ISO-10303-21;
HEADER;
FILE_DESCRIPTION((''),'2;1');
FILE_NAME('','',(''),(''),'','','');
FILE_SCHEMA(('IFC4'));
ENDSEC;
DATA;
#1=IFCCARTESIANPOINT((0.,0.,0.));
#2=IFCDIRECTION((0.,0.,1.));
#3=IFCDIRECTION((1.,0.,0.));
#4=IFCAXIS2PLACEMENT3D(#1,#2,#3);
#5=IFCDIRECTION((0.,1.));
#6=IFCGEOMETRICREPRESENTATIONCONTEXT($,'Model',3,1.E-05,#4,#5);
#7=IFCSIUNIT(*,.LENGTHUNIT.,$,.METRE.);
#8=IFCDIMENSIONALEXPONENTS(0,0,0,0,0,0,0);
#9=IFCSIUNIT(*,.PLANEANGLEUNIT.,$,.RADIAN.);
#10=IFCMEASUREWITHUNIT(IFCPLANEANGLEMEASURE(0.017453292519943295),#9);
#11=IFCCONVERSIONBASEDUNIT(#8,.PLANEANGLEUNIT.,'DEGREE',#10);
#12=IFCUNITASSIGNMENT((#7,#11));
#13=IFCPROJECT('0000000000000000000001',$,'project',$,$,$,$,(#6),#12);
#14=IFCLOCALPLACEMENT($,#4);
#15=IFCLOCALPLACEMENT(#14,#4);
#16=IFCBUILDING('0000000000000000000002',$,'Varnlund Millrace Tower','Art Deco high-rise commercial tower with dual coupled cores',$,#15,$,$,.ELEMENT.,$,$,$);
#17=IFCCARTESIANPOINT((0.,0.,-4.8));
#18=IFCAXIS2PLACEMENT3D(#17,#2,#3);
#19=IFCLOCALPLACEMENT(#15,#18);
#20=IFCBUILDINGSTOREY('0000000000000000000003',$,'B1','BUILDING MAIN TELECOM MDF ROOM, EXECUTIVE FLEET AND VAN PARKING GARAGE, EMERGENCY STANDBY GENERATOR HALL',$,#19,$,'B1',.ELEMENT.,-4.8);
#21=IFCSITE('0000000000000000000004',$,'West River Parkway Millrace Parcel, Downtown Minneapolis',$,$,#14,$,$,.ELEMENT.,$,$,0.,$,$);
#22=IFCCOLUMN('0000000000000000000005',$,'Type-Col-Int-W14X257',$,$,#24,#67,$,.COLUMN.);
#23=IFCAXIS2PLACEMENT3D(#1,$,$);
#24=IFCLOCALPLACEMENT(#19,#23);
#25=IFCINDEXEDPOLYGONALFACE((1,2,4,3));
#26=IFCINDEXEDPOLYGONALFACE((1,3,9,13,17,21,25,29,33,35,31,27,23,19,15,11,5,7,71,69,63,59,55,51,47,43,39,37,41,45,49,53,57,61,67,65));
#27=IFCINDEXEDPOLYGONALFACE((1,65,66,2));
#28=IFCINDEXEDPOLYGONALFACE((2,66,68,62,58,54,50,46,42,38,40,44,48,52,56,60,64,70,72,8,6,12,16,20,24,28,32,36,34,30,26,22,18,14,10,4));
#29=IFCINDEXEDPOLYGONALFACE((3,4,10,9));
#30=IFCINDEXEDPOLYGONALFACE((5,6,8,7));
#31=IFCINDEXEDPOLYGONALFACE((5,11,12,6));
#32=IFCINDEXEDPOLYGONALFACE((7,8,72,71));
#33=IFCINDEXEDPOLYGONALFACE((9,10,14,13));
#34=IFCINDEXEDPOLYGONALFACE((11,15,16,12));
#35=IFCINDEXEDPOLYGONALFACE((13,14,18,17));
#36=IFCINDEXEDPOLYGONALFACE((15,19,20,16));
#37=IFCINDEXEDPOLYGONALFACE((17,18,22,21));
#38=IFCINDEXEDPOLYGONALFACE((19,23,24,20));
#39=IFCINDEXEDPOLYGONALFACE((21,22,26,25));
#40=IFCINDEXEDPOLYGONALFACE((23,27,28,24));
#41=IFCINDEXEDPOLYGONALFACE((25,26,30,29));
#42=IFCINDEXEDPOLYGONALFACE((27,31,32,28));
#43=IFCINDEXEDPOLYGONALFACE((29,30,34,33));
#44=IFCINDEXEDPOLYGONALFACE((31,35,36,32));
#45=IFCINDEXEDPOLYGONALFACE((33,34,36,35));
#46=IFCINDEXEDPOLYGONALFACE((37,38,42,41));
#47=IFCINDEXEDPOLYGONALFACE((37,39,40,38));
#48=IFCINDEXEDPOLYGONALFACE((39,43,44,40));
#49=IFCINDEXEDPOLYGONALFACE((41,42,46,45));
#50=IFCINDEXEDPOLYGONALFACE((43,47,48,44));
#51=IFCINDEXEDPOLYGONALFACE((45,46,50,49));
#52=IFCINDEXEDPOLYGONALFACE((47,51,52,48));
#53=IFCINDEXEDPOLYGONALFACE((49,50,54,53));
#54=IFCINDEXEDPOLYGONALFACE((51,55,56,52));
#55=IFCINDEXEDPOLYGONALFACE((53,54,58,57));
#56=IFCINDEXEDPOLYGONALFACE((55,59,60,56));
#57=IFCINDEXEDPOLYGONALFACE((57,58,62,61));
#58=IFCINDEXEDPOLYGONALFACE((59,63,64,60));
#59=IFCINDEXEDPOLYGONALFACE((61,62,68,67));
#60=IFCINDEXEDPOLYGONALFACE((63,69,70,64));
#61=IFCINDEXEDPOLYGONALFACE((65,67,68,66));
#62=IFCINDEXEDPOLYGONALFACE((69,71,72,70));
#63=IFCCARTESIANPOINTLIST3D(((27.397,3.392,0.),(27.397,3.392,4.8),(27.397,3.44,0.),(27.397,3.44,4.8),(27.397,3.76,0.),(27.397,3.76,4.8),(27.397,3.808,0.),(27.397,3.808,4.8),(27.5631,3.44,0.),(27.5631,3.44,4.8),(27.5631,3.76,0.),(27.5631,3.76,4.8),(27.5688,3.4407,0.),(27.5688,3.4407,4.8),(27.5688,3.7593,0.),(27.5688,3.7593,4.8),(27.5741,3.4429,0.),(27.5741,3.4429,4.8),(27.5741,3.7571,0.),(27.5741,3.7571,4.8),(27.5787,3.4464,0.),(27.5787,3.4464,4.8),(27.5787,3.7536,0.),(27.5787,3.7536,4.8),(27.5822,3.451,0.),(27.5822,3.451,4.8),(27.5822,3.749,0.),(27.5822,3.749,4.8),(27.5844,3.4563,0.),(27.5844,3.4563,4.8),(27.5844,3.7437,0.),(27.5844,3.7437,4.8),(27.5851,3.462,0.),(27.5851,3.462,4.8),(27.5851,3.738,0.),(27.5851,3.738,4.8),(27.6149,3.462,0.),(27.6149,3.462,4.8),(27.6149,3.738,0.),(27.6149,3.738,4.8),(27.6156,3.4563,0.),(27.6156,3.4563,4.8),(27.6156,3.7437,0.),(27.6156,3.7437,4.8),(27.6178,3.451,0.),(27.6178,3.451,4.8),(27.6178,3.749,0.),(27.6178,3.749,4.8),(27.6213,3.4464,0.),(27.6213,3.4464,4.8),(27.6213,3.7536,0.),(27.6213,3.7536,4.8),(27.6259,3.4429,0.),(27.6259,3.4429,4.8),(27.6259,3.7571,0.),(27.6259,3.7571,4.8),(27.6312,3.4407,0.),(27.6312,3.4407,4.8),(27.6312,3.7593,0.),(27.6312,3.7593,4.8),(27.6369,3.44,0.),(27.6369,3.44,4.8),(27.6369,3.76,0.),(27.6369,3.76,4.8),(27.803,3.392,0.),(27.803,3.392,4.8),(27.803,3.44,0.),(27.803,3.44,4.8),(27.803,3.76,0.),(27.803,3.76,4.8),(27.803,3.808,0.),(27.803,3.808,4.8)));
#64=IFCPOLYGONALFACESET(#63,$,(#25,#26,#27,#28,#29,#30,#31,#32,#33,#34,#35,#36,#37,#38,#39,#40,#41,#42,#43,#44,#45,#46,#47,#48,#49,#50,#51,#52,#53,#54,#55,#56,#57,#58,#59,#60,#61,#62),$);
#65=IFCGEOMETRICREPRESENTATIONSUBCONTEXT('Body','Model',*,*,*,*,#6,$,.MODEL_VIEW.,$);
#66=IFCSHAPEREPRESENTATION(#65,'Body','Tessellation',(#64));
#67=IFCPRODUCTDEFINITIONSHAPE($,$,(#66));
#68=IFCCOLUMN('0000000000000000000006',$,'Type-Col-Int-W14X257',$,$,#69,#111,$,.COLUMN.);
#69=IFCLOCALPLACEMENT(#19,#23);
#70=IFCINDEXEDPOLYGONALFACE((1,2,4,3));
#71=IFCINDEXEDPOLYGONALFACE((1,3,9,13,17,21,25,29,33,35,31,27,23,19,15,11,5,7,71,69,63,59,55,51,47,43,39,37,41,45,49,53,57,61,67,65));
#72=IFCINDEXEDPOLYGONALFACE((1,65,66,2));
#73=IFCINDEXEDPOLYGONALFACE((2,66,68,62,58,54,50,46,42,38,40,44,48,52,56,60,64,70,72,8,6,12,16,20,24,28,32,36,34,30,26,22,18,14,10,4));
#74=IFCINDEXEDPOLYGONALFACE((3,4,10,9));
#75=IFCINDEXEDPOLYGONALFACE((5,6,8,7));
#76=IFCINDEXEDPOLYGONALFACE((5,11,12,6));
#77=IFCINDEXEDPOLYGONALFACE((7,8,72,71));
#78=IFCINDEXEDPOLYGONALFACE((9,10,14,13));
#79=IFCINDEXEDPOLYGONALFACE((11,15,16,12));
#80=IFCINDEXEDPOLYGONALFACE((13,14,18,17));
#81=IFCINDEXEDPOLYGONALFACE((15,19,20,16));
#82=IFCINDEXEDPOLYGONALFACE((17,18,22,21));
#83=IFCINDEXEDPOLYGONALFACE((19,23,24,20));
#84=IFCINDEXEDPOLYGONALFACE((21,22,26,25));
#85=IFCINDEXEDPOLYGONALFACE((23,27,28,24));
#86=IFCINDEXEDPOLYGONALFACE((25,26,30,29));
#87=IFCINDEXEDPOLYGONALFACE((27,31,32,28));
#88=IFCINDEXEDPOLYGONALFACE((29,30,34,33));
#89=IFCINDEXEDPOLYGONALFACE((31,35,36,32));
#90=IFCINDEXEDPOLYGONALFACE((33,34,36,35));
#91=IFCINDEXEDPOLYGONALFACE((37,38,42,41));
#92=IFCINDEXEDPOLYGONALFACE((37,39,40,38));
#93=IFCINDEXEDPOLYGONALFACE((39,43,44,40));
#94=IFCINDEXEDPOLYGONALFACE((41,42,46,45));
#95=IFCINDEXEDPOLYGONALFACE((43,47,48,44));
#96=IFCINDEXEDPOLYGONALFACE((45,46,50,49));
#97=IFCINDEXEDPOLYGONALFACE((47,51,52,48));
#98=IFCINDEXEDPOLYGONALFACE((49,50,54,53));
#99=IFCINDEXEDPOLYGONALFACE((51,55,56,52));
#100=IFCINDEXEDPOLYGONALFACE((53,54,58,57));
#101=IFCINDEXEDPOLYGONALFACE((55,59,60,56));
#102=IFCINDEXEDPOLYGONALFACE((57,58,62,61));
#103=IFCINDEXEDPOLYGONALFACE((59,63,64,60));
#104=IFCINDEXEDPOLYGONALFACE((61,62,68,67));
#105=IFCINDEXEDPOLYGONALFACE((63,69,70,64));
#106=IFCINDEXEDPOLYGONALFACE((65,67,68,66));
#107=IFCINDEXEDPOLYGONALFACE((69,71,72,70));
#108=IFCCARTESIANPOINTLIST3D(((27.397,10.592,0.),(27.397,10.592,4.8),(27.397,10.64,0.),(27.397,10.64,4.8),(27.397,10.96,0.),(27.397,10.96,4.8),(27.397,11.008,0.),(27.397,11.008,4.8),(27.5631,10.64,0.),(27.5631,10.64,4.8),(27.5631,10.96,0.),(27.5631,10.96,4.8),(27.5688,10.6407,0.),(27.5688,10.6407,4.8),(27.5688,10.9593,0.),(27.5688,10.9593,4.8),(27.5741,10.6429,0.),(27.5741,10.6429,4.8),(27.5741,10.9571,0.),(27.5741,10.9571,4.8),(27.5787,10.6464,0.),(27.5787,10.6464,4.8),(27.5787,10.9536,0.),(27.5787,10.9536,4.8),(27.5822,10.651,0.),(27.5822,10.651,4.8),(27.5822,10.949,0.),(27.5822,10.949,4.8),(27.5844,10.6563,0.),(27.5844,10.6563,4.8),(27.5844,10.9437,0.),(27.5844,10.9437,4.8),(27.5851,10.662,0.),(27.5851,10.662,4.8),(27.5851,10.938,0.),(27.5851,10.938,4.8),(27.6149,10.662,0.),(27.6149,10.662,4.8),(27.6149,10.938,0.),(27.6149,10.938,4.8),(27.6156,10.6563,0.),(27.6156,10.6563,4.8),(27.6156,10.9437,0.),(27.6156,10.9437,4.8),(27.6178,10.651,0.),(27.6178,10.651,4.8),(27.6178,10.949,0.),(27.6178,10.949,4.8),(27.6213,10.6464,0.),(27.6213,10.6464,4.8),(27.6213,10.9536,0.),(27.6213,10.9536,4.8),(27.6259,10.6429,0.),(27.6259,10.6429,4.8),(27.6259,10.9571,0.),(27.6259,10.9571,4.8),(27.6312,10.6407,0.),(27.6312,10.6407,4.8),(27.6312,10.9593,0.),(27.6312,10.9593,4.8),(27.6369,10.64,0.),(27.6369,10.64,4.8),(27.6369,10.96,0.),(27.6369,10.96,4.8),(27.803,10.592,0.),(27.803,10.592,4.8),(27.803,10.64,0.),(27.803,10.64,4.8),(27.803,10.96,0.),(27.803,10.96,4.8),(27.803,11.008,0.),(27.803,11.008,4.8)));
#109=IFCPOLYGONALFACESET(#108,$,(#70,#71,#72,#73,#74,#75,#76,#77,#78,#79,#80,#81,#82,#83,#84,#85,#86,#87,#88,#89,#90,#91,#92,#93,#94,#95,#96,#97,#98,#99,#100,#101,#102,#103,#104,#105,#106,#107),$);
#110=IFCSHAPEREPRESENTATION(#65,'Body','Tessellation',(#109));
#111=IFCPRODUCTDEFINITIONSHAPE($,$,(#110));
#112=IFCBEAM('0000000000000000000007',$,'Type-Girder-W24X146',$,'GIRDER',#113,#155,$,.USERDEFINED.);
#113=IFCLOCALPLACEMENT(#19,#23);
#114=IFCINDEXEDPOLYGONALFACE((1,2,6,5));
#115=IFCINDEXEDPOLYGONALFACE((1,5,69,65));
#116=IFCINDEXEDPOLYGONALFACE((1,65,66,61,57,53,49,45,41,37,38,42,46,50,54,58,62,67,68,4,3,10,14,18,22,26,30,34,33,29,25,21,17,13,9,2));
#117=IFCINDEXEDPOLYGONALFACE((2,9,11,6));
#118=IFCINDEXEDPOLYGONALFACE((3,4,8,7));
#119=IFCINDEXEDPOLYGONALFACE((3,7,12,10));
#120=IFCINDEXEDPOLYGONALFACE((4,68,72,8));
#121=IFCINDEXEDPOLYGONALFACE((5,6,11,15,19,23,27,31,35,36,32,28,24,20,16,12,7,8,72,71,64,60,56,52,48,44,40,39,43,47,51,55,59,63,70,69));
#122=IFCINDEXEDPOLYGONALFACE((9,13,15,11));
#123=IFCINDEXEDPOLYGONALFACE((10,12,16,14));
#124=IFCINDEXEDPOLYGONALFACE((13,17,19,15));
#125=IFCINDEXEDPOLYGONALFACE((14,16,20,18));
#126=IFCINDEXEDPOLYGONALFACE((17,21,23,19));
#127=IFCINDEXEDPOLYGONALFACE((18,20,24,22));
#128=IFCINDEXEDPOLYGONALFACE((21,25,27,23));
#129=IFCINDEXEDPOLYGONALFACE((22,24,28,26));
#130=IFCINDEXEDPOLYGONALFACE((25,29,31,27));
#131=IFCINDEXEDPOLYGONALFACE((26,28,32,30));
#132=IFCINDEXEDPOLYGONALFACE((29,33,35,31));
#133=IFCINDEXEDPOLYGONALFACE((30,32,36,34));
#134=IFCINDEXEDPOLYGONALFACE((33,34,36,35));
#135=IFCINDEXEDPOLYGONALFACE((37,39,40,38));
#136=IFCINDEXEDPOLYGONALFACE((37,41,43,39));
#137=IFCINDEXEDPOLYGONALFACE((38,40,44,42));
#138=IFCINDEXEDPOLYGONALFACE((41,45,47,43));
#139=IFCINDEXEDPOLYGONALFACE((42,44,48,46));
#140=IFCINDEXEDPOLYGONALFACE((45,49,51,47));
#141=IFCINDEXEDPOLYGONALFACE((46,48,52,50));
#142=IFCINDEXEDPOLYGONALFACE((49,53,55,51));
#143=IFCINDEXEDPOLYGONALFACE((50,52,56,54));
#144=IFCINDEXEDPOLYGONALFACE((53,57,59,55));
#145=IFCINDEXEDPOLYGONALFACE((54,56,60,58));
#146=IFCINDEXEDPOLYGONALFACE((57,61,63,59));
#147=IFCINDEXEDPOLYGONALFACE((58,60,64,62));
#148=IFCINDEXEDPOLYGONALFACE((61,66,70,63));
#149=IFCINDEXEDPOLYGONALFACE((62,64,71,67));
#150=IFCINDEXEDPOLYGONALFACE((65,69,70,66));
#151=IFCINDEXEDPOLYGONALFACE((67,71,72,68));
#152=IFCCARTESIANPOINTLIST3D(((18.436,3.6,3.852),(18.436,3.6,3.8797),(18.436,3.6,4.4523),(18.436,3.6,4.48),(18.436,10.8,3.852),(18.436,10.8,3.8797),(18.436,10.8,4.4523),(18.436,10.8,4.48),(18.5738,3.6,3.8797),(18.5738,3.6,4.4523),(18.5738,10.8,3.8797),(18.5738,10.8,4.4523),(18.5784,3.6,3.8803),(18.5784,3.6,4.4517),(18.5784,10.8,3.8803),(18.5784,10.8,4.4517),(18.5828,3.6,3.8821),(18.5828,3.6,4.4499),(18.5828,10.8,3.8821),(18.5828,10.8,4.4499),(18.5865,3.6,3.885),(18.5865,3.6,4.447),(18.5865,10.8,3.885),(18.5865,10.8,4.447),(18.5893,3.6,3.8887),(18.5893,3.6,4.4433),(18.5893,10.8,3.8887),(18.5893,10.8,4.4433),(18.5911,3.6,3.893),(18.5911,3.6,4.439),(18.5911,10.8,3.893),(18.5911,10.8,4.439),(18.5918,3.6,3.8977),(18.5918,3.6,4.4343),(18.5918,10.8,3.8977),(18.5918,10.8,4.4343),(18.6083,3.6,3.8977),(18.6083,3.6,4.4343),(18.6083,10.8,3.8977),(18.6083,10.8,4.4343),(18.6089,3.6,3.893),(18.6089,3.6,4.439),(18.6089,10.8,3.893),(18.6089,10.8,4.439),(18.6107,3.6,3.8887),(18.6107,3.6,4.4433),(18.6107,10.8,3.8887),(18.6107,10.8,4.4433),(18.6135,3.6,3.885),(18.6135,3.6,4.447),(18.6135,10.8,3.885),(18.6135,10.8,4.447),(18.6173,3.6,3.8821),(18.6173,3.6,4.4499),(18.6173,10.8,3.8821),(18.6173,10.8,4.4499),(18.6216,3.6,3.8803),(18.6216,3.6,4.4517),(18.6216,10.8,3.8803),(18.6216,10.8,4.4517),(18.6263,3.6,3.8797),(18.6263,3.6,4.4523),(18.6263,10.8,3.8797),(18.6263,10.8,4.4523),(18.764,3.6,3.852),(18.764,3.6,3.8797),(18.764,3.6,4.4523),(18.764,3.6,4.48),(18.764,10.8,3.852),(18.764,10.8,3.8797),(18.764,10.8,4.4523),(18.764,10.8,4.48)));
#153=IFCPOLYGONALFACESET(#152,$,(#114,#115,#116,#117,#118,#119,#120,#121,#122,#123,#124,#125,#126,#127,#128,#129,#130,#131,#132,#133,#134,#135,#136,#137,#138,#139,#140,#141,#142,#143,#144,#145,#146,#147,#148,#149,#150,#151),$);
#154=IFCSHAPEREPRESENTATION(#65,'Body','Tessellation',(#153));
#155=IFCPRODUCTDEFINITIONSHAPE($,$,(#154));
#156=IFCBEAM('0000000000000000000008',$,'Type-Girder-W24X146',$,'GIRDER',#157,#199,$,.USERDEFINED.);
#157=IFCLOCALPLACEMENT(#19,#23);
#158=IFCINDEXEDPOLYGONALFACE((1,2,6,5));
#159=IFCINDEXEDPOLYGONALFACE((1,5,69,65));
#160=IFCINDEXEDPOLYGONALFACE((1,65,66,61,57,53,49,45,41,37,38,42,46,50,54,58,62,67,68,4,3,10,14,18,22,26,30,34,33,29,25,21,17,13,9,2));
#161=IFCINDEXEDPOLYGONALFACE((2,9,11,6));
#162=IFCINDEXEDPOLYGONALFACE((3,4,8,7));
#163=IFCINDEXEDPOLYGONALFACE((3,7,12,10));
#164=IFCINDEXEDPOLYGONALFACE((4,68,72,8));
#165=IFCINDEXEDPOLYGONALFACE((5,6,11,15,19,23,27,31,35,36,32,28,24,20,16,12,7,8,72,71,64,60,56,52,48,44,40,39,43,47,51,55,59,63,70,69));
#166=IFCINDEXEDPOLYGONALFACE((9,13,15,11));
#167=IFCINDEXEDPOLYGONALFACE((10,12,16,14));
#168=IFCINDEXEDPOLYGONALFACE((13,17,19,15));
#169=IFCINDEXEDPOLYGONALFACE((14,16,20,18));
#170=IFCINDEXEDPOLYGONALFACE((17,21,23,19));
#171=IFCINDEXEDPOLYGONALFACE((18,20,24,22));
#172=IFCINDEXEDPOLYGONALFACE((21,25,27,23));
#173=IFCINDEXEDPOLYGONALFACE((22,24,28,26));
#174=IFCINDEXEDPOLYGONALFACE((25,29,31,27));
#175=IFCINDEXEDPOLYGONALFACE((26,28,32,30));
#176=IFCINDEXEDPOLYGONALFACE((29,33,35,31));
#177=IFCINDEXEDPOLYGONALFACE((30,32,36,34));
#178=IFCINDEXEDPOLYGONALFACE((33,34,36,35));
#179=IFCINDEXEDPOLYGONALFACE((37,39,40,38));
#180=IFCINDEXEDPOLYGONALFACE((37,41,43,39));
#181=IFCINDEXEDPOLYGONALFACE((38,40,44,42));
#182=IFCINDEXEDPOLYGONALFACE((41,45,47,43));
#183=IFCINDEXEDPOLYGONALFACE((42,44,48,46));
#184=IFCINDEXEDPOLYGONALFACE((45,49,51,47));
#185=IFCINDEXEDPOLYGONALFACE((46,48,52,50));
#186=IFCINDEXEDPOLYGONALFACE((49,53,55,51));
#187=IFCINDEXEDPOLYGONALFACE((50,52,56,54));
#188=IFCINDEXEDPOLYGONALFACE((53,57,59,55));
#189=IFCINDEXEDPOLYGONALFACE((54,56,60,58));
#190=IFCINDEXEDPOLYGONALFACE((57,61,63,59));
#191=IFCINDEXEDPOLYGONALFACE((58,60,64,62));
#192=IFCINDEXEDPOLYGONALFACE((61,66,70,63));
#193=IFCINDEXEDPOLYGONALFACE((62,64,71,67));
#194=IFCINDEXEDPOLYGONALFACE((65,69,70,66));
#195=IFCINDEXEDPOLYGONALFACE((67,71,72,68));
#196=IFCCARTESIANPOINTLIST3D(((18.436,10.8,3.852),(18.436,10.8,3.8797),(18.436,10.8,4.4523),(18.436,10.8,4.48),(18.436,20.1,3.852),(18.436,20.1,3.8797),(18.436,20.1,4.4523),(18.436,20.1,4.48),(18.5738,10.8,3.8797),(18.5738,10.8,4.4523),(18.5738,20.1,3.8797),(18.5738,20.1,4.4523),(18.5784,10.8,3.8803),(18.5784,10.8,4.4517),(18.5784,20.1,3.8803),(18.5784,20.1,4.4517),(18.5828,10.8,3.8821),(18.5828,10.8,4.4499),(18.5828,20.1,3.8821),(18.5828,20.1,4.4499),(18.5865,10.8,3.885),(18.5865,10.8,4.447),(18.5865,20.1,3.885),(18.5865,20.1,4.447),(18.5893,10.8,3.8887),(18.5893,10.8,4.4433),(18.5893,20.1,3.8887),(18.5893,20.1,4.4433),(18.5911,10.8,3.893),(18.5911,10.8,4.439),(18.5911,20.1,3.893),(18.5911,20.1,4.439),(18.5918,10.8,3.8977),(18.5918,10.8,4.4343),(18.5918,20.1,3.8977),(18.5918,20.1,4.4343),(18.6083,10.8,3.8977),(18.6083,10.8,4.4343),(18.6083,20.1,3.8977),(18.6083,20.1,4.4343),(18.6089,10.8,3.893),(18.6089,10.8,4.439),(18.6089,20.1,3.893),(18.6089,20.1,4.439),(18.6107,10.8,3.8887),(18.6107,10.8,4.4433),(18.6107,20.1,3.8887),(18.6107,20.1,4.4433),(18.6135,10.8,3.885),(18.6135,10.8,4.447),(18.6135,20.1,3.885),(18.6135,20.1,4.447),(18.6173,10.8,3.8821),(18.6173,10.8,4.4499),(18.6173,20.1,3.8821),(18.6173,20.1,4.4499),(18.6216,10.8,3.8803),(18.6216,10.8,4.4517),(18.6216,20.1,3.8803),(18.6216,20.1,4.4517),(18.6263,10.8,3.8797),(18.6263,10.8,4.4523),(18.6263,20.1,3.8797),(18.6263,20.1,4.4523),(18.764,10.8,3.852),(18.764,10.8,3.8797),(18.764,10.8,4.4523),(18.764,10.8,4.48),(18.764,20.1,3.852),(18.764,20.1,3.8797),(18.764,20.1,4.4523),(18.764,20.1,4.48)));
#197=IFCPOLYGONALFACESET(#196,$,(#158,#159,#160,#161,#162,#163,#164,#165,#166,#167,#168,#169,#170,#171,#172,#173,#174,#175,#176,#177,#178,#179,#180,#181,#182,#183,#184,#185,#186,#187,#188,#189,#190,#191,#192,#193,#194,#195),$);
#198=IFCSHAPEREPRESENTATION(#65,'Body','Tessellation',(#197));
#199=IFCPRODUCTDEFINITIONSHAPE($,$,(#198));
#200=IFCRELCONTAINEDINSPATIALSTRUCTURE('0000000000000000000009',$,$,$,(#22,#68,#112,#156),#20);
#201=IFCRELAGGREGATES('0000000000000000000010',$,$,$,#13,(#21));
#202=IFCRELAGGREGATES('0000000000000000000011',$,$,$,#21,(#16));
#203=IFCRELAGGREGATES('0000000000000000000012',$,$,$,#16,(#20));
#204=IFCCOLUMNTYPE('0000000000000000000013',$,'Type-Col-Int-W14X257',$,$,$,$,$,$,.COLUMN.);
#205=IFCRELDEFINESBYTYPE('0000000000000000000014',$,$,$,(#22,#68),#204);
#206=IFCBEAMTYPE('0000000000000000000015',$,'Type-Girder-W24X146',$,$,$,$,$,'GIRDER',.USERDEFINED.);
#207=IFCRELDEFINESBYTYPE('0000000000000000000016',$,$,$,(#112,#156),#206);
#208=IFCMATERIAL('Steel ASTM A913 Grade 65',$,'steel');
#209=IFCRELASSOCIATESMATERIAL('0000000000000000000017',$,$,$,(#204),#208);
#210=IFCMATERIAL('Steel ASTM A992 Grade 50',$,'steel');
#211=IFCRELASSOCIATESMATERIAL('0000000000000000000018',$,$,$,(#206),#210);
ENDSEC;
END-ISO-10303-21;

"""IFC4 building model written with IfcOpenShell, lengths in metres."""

from ifc_helpers import new_model, entity, si_unit, converted_unit, direction, frame, origin_with_axes, origin_2d_with_axis, place, context, subcontext, project, spatial, i_section, extrude, material, material_profile, profile_set, type_object, element, save


model = new_model("IFC4")

# Units and contexts
model_context = context("Model", 3, precision=1e-05, world=origin_with_axes(), true_north=direction((0.0, 1.0)))
body_context = subcontext(model_context, "Body", "Model", "MODEL_VIEW")
ifc_project = project(units=[si_unit("LENGTHUNIT", "METRE"), converted_unit("PLANEANGLEUNIT", "DEGREE", entity("IfcPlaneAngleMeasure", 0.017453292519943295), si_unit("PLANEANGLEUNIT", "RADIAN"), dimensions=[0, 0, 0, 0, 0, 0, 0])], contexts=[model_context])

# Site, building, storey
site_placement = place(None, origin_with_axes())
site = spatial("IfcSite", under=ifc_project, at=site_placement, Name="West River Parkway Millrace Parcel, Downtown Minneapolis", CompositionType="ELEMENT", RefElevation=0.0)
building_placement = place(site_placement, origin_with_axes())
building = spatial("IfcBuilding", under=site, at=building_placement, Name="Varnlund Millrace Tower", Description="Art Deco high-rise commercial tower with dual coupled cores", CompositionType="ELEMENT")
storey_placement = place(building_placement, frame((0.0, 0.0, -4.8), z_axis=(0.0, 0.0, 1.0), x_axis=(1.0, 0.0, 0.0)))
storey = spatial("IfcBuildingStorey", under=building, at=storey_placement, Name="B1", Description="BUILDING MAIN TELECOM MDF ROOM, EXECUTIVE FLEET AND VAN PARKING GARAGE, EMERGENCY STANDBY GENERATOR HALL", LongName="B1", CompositionType="ELEMENT", Elevation=-4.8)

# Columns
ifc_material_1 = material(Name="Steel ASTM A913 Grade 65", Category="steel")
ifc_material_profile_1 = material_profile(ifc_material_1, i_section(OverallWidth=0.406, OverallDepth=0.416, WebThickness=0.0298, FlangeThickness=0.048, FilletRadius=0.022, at=origin_2d_with_axis()), Name="Steel ASTM A913 Grade 65")
ifc_profile_set_1 = profile_set([ifc_material_profile_1], Name="Steel ASTM A913 Grade 65")
column_type = type_object("IfcColumnType", Name="Type-Col-Int-W14X257", PredefinedType="COLUMN", material=ifc_profile_set_1)
for number, where, z_axis, x_axis, name in (
    (1, (27.6, 3.6, 0.0), (0.0, 0.0, 1.0), (1.0, 0.0, 0.0), "Type-Col-Int-W14X257"),
    (2, (27.6, 10.8, 0.0), (0.0, 0.0, 1.0), (1.0, 0.0, 0.0), "Type-Col-Int-W14X257"),
):
    element("IfcColumn", number, at=place(storey_placement, frame(where, z_axis=z_axis, x_axis=x_axis)), inside=storey, type_object=column_type, Name=name, PredefinedType="COLUMN", context=body_context, shape_type="SweptSolid", body=[
        extrude(i_section(OverallWidth=0.406, OverallDepth=0.416, WebThickness=0.0298, FlangeThickness=0.048, FilletRadius=0.022, at=origin_2d_with_axis()), origin_with_axes(), (0.0, 0.0, 1.0), 4.8),
    ])

# Beams
ifc_material_2 = material(Name="Steel ASTM A992 Grade 50", Category="steel")
ifc_material_profile_2 = material_profile(ifc_material_2, i_section(OverallWidth=0.328, OverallDepth=0.628, WebThickness=0.0165, FlangeThickness=0.0277, FilletRadius=0.018, at=origin_2d_with_axis()), Name="Steel ASTM A992 Grade 50")
ifc_profile_set_2 = profile_set([ifc_material_profile_2], Name="Steel ASTM A992 Grade 50")
beam_type_1 = type_object("IfcBeamType", Name="Type-Girder-W24X146", ElementType="GIRDER", PredefinedType="USERDEFINED", material=ifc_profile_set_2)
beam_1_placement = place(storey_placement, frame((18.6, 3.6, 4.166), z_axis=(0.0, 1.0, 0.0), x_axis=(-1.0, 0.0, 0.0)))
element("IfcBeam", 3, at=beam_1_placement, inside=storey, type_object=beam_type_1, Name="Type-Girder-W24X146", ObjectType="GIRDER", PredefinedType="USERDEFINED", context=body_context, shape_type="SweptSolid", body=[
    extrude(i_section(OverallWidth=0.328, OverallDepth=0.628, WebThickness=0.0165, FlangeThickness=0.0277, FilletRadius=0.018, at=origin_2d_with_axis()), origin_with_axes(), (0.0, 0.0, 1.0), 7.2),
])
beam_2_placement = place(storey_placement, frame((18.6, 10.8, 4.166), z_axis=(0.0, 1.0, 0.0), x_axis=(-1.0, 0.0, 0.0)))
element("IfcBeam", 4, at=beam_2_placement, inside=storey, type_object=beam_type_1, Name="Type-Girder-W24X146", ObjectType="GIRDER", PredefinedType="USERDEFINED", context=body_context, shape_type="SweptSolid", body=[
    extrude(i_section(OverallWidth=0.328, OverallDepth=0.628, WebThickness=0.0165, FlangeThickness=0.0277, FilletRadius=0.018, at=origin_2d_with_axis()), origin_with_axes(), (0.0, 0.0, 1.0), 9.3),
])

save(model, "model.ifc")
